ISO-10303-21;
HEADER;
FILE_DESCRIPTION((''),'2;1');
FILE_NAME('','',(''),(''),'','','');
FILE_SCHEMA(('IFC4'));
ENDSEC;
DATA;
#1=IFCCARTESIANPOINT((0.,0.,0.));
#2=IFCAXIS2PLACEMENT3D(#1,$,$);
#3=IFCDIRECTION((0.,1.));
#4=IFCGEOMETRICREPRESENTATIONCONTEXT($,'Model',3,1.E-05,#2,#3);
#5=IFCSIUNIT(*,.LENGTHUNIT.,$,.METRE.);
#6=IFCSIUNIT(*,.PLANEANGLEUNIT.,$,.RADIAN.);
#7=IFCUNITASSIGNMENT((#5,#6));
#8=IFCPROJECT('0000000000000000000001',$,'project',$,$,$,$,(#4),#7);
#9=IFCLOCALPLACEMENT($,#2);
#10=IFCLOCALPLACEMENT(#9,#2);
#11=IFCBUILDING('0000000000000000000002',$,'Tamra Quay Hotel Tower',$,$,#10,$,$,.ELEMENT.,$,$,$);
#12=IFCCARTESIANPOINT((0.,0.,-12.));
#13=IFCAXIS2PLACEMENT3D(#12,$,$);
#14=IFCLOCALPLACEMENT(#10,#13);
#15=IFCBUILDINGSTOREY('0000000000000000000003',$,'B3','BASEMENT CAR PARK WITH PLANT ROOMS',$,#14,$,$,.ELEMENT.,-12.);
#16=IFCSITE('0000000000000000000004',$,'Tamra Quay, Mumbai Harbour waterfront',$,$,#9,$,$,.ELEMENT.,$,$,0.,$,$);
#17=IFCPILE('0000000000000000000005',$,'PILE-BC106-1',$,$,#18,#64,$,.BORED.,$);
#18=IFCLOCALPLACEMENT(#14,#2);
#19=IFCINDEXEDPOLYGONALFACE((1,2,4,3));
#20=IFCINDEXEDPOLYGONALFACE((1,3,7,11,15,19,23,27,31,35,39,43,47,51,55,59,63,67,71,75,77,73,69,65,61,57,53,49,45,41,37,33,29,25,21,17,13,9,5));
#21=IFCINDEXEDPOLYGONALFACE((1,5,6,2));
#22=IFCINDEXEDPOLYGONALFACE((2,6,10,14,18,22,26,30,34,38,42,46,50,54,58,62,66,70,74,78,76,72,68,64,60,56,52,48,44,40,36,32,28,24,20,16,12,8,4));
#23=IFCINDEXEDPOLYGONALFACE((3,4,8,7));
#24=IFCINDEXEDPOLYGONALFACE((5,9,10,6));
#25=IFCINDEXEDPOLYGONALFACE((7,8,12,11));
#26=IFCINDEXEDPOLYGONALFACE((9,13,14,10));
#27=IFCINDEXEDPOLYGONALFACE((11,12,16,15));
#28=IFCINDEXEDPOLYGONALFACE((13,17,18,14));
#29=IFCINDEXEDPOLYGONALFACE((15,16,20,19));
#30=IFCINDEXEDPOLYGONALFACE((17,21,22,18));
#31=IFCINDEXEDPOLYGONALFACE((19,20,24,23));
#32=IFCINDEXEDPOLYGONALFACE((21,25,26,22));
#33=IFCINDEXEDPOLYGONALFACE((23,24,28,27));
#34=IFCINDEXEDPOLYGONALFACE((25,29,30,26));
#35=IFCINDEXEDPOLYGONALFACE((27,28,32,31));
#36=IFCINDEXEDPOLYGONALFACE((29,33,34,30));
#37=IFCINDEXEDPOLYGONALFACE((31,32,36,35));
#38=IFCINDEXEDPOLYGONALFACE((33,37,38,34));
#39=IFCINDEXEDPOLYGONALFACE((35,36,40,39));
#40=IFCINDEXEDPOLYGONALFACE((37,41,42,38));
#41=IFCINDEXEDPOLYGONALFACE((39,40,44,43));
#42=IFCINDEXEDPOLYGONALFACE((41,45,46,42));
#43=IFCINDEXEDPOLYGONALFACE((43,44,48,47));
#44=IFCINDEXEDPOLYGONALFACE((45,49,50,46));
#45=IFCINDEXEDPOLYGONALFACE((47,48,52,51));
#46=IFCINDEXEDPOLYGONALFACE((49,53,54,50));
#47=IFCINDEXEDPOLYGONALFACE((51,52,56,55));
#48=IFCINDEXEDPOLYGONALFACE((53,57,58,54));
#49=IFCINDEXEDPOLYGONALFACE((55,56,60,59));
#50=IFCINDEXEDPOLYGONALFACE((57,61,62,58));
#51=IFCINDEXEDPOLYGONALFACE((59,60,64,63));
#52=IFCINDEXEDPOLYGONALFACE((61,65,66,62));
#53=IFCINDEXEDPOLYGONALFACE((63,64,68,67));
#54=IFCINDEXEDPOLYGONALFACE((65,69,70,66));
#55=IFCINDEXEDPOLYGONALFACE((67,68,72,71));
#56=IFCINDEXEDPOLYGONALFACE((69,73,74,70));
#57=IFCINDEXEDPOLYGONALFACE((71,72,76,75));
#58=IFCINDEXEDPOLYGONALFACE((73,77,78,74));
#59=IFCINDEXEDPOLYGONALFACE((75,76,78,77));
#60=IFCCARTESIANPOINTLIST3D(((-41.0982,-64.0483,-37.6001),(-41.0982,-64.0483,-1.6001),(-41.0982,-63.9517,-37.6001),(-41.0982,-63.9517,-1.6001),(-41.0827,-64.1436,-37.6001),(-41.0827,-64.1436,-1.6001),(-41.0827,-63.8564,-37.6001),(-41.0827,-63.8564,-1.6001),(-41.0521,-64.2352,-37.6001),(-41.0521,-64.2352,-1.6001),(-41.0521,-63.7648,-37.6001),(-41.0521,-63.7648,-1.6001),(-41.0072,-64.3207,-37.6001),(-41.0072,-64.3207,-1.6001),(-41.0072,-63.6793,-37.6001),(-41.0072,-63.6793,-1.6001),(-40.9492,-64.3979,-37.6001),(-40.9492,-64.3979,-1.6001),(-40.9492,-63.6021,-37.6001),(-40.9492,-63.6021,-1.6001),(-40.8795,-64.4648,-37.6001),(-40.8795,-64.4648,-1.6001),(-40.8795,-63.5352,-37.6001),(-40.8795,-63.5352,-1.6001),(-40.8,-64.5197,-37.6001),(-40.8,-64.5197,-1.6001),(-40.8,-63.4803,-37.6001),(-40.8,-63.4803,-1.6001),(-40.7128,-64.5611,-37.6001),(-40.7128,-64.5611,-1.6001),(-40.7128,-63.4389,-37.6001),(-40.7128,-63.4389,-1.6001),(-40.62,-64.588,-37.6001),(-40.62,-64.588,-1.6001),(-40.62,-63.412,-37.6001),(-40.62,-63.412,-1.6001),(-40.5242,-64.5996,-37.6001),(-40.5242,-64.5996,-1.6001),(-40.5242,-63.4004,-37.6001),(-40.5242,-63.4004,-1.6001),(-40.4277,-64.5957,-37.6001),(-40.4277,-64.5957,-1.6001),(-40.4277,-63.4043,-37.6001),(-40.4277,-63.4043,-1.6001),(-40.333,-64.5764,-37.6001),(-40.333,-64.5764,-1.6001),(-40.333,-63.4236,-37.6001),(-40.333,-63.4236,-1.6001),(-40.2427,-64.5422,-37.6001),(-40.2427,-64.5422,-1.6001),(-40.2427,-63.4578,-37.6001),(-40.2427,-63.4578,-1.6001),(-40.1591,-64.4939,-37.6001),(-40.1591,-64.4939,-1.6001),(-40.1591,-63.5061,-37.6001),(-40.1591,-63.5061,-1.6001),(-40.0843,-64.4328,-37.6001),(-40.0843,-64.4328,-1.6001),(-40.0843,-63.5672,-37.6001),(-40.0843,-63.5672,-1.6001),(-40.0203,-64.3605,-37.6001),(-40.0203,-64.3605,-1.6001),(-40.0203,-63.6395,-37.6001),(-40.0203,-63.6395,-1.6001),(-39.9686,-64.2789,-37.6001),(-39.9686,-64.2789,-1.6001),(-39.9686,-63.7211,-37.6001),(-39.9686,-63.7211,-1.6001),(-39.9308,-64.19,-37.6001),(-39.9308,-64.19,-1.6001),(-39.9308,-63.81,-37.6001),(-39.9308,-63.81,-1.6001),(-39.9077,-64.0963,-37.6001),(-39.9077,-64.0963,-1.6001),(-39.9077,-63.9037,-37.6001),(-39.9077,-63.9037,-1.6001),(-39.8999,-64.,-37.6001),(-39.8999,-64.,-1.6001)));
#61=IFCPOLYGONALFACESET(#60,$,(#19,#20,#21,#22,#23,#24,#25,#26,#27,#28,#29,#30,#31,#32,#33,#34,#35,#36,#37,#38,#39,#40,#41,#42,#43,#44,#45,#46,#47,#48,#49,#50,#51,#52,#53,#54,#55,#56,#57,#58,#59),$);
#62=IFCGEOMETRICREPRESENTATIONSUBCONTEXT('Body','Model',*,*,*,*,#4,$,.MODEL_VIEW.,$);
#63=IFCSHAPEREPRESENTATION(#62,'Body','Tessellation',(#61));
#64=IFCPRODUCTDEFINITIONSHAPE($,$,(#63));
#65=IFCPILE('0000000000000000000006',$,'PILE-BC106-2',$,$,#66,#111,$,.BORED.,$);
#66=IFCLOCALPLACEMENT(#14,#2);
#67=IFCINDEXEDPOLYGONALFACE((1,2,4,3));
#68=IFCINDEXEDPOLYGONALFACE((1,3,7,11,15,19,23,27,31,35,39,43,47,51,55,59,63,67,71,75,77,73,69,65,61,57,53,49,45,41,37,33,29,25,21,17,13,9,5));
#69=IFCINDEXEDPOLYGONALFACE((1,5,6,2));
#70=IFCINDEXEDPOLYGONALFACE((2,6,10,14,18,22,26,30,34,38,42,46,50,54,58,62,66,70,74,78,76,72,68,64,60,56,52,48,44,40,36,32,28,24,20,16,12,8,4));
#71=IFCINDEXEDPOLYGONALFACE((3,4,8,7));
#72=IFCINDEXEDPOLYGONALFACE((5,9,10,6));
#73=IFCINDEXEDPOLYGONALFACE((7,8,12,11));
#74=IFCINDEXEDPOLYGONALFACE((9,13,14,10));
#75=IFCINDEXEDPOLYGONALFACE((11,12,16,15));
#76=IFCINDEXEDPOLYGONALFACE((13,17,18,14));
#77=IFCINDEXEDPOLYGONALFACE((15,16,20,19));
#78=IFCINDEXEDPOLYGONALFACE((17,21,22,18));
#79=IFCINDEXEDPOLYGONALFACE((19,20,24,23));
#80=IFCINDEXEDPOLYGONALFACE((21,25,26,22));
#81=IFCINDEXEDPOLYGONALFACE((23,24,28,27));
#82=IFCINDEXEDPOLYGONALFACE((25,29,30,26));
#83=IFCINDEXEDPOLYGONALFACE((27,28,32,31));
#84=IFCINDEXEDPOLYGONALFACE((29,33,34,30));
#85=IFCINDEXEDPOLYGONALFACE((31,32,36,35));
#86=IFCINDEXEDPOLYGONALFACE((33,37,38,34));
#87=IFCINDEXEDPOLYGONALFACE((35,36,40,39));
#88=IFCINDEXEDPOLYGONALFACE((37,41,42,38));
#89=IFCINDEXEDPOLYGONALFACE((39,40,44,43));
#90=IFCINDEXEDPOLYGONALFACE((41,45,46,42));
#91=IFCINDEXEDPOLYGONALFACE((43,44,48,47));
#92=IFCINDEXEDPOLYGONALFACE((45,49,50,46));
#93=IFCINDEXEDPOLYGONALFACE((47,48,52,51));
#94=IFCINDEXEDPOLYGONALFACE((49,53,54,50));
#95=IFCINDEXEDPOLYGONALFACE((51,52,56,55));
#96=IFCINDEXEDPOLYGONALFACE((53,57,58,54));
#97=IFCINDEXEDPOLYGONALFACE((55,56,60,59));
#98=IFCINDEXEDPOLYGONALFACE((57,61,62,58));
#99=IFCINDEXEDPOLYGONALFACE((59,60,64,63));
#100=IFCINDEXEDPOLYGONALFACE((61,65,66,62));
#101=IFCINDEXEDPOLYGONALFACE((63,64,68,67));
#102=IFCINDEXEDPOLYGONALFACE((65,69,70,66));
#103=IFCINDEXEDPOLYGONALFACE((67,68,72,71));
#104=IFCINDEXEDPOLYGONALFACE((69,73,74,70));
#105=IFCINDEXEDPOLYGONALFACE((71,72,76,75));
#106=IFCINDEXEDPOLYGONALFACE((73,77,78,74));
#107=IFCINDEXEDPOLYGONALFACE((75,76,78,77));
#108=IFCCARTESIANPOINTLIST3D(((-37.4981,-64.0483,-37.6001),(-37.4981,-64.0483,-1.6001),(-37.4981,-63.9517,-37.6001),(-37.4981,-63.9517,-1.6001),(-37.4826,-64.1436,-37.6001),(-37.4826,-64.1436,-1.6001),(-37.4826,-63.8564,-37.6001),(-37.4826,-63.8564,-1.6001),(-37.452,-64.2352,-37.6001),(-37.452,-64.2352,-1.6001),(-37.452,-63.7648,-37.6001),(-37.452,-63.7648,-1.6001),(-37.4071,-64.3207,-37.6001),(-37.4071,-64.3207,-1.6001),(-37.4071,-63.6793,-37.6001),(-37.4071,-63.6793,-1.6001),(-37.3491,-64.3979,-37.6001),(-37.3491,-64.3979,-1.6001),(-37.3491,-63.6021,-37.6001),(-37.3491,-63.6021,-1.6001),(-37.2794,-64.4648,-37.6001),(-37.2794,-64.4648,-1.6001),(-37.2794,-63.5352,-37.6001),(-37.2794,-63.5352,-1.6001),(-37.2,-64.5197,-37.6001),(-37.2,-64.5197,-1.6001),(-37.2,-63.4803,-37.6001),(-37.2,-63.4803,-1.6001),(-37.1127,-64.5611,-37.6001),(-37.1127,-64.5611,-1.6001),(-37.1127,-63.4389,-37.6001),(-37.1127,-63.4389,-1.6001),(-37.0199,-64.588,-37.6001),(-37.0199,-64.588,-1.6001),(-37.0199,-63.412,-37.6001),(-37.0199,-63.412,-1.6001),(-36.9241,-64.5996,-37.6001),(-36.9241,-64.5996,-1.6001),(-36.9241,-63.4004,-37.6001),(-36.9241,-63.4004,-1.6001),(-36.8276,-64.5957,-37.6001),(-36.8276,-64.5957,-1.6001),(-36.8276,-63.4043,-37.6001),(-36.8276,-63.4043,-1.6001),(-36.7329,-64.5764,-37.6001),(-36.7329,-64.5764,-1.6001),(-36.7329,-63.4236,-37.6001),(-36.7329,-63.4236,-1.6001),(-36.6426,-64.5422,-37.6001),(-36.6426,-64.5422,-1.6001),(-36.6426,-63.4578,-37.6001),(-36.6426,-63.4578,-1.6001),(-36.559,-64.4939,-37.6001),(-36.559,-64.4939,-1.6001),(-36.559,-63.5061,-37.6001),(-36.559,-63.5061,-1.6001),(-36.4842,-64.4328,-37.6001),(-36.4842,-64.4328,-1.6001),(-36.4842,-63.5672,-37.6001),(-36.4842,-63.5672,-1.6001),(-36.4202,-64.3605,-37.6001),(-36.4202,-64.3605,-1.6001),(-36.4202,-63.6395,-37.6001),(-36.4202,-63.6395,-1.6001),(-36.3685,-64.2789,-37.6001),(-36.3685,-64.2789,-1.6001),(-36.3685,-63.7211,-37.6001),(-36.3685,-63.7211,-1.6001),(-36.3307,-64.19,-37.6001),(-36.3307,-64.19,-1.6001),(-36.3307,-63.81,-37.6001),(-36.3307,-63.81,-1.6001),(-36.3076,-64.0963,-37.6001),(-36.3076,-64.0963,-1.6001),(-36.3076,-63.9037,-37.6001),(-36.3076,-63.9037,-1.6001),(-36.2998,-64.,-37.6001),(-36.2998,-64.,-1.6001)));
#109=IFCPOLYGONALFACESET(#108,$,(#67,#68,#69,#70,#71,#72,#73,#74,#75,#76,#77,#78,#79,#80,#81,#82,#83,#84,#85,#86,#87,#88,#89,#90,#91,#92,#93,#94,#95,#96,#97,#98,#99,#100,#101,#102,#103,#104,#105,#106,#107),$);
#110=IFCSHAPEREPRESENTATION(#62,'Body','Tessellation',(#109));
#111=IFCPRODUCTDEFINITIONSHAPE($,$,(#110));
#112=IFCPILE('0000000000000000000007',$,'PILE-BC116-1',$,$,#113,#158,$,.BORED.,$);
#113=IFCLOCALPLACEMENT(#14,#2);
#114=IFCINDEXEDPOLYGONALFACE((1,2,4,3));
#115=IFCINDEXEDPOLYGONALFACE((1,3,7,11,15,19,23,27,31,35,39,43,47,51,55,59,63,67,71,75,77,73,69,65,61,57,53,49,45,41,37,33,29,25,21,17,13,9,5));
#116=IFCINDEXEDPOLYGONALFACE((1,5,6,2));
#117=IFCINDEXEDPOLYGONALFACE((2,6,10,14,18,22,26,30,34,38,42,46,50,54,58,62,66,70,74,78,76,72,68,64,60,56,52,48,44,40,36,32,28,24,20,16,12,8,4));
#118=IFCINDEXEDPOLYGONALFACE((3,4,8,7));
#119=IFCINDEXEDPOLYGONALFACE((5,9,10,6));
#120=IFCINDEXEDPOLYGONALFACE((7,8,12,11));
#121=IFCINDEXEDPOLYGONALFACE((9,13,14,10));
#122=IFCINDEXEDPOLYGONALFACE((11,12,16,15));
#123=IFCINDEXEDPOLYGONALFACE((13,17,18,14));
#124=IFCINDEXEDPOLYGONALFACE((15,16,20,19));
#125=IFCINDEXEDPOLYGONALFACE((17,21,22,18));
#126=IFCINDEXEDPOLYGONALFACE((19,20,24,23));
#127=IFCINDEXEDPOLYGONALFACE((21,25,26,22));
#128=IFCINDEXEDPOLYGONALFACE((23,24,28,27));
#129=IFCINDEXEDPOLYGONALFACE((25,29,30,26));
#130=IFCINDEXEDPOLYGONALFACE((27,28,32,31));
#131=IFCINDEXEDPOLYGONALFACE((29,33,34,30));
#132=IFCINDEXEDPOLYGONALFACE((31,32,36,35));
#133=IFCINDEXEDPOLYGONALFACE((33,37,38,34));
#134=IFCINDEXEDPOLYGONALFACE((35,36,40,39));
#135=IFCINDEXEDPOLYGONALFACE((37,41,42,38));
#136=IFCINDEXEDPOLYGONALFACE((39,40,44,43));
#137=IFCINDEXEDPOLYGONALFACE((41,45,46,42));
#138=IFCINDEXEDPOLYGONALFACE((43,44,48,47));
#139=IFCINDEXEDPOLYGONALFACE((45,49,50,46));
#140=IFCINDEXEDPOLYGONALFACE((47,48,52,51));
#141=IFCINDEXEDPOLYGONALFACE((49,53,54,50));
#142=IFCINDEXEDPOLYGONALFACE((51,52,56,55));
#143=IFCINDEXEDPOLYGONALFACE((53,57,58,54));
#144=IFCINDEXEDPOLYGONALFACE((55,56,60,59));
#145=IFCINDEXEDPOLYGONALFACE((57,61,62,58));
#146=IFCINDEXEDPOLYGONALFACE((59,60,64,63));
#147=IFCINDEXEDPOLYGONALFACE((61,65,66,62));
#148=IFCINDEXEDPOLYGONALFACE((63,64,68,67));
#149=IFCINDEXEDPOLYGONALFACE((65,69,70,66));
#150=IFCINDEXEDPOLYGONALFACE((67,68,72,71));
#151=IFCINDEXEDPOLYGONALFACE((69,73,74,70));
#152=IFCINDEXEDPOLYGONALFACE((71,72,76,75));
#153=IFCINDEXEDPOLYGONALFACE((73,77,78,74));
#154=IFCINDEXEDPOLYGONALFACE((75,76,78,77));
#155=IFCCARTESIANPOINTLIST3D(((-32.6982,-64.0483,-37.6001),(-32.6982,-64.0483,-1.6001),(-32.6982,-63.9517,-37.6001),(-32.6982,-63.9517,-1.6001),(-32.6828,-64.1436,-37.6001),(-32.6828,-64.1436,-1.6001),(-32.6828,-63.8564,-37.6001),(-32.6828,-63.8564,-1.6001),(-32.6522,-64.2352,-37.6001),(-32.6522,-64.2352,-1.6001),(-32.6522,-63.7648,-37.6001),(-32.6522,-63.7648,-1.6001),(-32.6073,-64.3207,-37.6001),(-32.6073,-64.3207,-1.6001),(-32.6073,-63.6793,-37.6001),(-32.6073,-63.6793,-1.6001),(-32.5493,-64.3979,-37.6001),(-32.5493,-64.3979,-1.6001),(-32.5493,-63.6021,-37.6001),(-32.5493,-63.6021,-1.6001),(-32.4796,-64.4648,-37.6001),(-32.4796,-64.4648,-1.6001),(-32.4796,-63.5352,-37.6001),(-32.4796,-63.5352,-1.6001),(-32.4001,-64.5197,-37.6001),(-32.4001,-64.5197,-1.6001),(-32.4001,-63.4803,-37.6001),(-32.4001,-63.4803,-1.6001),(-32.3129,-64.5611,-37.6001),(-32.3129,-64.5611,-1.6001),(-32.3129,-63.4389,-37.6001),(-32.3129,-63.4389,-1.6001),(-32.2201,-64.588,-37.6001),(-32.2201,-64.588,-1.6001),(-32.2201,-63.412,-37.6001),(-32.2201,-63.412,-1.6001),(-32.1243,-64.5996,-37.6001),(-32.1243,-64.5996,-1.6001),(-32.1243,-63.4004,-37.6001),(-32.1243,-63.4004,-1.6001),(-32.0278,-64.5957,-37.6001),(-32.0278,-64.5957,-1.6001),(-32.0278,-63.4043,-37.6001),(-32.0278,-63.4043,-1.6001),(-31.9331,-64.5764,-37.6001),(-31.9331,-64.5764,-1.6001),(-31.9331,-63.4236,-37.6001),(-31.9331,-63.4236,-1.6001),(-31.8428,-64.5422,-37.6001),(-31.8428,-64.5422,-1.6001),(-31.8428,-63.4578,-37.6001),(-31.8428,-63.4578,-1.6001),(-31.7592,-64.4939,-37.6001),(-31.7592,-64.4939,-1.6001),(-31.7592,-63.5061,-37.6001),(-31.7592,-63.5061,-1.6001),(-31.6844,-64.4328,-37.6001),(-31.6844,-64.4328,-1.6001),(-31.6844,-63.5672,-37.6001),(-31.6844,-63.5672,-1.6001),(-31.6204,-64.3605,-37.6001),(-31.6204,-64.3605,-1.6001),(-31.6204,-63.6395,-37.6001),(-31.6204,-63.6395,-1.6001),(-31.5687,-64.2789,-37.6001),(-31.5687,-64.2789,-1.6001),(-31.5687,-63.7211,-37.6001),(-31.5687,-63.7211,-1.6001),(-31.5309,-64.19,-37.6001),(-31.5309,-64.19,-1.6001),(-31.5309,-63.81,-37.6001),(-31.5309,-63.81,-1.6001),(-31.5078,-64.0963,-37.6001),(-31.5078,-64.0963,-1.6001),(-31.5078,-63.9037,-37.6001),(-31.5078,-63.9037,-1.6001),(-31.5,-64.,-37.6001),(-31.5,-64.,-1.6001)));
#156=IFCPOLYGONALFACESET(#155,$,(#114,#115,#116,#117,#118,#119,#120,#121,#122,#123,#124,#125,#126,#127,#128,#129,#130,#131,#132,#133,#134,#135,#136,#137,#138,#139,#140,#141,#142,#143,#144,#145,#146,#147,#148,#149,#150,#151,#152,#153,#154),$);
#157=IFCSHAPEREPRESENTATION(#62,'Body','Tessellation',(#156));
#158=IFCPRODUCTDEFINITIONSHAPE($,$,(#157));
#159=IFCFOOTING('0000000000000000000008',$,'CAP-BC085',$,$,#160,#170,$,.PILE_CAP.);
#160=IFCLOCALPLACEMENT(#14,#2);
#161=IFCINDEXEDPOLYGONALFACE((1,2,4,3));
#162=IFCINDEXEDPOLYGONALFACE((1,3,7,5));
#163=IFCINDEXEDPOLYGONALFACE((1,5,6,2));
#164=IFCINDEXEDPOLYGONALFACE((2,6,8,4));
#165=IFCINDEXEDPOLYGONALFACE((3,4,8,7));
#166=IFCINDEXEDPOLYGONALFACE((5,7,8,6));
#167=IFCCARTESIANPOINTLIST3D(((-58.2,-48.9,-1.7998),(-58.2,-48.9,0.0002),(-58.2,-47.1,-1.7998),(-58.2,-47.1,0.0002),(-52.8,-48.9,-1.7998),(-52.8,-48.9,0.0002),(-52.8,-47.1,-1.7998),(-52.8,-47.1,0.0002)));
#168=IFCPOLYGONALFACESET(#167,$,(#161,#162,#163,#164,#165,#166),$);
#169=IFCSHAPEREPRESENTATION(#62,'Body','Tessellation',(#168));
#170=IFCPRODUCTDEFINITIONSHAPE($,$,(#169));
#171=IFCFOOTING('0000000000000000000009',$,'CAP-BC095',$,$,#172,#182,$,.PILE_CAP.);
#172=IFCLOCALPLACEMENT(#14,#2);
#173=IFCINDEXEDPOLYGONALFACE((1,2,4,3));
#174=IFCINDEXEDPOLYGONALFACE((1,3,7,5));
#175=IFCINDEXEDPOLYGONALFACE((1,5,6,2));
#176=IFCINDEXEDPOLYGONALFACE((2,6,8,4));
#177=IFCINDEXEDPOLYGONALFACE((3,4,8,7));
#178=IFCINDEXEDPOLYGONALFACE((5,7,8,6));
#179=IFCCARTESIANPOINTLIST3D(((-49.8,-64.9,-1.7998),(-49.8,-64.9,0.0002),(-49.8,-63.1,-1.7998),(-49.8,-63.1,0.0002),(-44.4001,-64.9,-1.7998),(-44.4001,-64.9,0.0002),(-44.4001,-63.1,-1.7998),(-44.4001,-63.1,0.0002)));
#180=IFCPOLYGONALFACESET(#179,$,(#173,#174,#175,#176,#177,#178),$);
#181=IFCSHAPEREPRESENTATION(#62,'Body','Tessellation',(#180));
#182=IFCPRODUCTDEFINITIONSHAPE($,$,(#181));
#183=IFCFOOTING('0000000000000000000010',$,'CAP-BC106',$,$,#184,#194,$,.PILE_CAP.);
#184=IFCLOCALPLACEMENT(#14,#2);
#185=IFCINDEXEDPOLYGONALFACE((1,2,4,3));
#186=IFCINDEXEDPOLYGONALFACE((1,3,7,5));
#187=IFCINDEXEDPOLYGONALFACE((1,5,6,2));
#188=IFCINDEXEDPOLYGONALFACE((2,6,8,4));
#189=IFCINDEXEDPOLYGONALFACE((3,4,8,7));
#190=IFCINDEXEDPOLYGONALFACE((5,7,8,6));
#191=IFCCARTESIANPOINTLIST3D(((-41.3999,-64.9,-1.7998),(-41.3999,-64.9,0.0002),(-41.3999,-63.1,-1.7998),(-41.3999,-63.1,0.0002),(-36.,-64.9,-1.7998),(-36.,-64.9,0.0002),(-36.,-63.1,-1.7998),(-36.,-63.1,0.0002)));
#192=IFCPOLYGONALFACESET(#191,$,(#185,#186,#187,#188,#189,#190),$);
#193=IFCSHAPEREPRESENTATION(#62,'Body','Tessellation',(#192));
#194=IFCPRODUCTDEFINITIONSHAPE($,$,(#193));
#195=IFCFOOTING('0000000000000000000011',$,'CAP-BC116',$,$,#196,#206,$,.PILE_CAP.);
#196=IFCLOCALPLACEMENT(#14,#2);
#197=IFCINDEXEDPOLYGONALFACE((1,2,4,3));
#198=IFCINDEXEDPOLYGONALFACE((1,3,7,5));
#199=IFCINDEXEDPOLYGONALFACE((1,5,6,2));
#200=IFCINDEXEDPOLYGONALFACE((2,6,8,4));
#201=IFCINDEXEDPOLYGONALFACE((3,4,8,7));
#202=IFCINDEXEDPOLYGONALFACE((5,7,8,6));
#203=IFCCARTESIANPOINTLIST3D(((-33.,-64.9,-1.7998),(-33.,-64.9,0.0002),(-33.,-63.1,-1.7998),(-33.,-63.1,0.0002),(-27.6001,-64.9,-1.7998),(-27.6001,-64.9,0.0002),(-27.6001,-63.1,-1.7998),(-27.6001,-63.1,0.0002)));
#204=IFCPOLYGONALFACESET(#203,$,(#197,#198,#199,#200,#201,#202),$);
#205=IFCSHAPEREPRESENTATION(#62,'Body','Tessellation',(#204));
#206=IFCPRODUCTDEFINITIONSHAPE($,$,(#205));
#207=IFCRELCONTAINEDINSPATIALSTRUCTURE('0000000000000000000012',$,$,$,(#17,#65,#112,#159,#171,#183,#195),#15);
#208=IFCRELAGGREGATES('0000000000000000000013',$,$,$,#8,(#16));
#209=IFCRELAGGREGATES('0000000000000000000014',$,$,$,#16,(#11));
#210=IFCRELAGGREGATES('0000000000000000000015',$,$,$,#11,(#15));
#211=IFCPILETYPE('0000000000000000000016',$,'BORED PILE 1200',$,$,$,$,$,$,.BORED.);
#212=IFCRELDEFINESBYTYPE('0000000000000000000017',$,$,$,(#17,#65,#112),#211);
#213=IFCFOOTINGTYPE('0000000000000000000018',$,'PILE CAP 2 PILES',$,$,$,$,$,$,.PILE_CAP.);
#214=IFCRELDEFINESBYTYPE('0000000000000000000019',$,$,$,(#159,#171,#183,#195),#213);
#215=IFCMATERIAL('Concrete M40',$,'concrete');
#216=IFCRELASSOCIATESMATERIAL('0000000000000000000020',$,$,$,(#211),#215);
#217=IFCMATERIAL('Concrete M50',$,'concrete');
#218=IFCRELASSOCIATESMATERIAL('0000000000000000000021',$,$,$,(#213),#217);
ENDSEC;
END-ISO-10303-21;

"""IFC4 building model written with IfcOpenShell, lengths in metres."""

from ifc_helpers import new_model, si_unit, direction, frame, origin, origin_2d, place, context, subcontext, project, spatial, rectangle, circle, extrude, material, material_profile, profile_set, type_object, element, save


model = new_model("IFC4")

# Units and contexts
model_context = context("Model", 3, precision=1e-05, world=origin(), true_north=direction((0.0, 1.0)))
body_context = subcontext(model_context, "Body", "Model", "MODEL_VIEW")
ifc_project = project(units=[si_unit("LENGTHUNIT", "METRE"), si_unit("PLANEANGLEUNIT", "RADIAN")], contexts=[model_context])

# Site, building, storey
site_placement = place(None, origin())
site = spatial("IfcSite", under=ifc_project, at=site_placement, Name="Tamra Quay, Mumbai Harbour waterfront", CompositionType="ELEMENT", RefElevation=0.0)
building_placement = place(site_placement, origin())
building = spatial("IfcBuilding", under=site, at=building_placement, Name="Tamra Quay Hotel Tower", CompositionType="ELEMENT")
storey_placement = place(building_placement, frame((0.0, 0.0, -12.0)))
storey = spatial("IfcBuildingStorey", under=building, at=storey_placement, Name="B3", Description="BASEMENT CAR PARK WITH PLANT ROOMS", CompositionType="ELEMENT", Elevation=-12.0)

# Piles
ifc_material_1 = material(Name="Concrete M40", Category="concrete")
ifc_material_profile_1 = material_profile(ifc_material_1, circle(Radius=0.6001, at=origin_2d()), Name="BORED PILE 1200")
ifc_profile_set_1 = profile_set([ifc_material_profile_1], Name="Concrete M40")
pile_type = type_object("IfcPileType", Name="BORED PILE 1200", PredefinedType="BORED", material=ifc_profile_set_1)
for number, where, z_axis, x_axis, name in (
    (1, (-40.5, -64.0, -1.6001), (0.0, 0.0, -1.0), (1.0, 0.0, 0.0), "PILE-BC106-1"),
    (2, (-36.8999, -64.0, -1.6001), (0.0, 0.0, -1.0), (1.0, 0.0, 0.0), "PILE-BC106-2"),
    (3, (-32.1001, -64.0, -1.6001), (0.0, 0.0, -1.0), (1.0, 0.0, 0.0), "PILE-BC116-1"),
):
    element("IfcPile", number, at=place(storey_placement, frame(where, z_axis=z_axis, x_axis=x_axis)), inside=storey, type_object=pile_type, Name=name, PredefinedType="BORED", context=body_context, shape_type="SweptSolid", body=[
        extrude(circle(Radius=0.6001, at=origin_2d()), origin(), (0.0, 0.0, 1.0), 36.0),
    ])

# Footings
ifc_material_2 = material(Name="Concrete M50", Category="concrete")
footing_type = type_object("IfcFootingType", Name="PILE CAP 2 PILES", PredefinedType="PILE_CAP", material=ifc_material_2)
for number, where, z_axis, x_axis, name in (
    (4, (-55.5, -48.0, -1.7998), (0.0, 0.0, 1.0), (1.0, 0.0, 0.0), "CAP-BC085"),
    (5, (-47.1001, -64.0, -1.7998), (0.0, 0.0, 1.0), (1.0, 0.0, 0.0), "CAP-BC095"),
    (6, (-38.7, -64.0, -1.7998), (0.0, 0.0, 1.0), (1.0, 0.0, 0.0), "CAP-BC106"),
    (7, (-30.3, -64.0, -1.7998), (0.0, 0.0, 1.0), (1.0, 0.0, 0.0), "CAP-BC116"),
):
    element("IfcFooting", number, at=place(storey_placement, frame(where, z_axis=z_axis, x_axis=x_axis)), inside=storey, type_object=footing_type, Name=name, PredefinedType="PILE_CAP", context=body_context, shape_type="SweptSolid", body=[
        extrude(rectangle(XDim=5.3999, YDim=1.8, at=origin_2d()), origin(), (0.0, 0.0, 1.0), 1.8),
    ])

save(model, "model.ifc")
